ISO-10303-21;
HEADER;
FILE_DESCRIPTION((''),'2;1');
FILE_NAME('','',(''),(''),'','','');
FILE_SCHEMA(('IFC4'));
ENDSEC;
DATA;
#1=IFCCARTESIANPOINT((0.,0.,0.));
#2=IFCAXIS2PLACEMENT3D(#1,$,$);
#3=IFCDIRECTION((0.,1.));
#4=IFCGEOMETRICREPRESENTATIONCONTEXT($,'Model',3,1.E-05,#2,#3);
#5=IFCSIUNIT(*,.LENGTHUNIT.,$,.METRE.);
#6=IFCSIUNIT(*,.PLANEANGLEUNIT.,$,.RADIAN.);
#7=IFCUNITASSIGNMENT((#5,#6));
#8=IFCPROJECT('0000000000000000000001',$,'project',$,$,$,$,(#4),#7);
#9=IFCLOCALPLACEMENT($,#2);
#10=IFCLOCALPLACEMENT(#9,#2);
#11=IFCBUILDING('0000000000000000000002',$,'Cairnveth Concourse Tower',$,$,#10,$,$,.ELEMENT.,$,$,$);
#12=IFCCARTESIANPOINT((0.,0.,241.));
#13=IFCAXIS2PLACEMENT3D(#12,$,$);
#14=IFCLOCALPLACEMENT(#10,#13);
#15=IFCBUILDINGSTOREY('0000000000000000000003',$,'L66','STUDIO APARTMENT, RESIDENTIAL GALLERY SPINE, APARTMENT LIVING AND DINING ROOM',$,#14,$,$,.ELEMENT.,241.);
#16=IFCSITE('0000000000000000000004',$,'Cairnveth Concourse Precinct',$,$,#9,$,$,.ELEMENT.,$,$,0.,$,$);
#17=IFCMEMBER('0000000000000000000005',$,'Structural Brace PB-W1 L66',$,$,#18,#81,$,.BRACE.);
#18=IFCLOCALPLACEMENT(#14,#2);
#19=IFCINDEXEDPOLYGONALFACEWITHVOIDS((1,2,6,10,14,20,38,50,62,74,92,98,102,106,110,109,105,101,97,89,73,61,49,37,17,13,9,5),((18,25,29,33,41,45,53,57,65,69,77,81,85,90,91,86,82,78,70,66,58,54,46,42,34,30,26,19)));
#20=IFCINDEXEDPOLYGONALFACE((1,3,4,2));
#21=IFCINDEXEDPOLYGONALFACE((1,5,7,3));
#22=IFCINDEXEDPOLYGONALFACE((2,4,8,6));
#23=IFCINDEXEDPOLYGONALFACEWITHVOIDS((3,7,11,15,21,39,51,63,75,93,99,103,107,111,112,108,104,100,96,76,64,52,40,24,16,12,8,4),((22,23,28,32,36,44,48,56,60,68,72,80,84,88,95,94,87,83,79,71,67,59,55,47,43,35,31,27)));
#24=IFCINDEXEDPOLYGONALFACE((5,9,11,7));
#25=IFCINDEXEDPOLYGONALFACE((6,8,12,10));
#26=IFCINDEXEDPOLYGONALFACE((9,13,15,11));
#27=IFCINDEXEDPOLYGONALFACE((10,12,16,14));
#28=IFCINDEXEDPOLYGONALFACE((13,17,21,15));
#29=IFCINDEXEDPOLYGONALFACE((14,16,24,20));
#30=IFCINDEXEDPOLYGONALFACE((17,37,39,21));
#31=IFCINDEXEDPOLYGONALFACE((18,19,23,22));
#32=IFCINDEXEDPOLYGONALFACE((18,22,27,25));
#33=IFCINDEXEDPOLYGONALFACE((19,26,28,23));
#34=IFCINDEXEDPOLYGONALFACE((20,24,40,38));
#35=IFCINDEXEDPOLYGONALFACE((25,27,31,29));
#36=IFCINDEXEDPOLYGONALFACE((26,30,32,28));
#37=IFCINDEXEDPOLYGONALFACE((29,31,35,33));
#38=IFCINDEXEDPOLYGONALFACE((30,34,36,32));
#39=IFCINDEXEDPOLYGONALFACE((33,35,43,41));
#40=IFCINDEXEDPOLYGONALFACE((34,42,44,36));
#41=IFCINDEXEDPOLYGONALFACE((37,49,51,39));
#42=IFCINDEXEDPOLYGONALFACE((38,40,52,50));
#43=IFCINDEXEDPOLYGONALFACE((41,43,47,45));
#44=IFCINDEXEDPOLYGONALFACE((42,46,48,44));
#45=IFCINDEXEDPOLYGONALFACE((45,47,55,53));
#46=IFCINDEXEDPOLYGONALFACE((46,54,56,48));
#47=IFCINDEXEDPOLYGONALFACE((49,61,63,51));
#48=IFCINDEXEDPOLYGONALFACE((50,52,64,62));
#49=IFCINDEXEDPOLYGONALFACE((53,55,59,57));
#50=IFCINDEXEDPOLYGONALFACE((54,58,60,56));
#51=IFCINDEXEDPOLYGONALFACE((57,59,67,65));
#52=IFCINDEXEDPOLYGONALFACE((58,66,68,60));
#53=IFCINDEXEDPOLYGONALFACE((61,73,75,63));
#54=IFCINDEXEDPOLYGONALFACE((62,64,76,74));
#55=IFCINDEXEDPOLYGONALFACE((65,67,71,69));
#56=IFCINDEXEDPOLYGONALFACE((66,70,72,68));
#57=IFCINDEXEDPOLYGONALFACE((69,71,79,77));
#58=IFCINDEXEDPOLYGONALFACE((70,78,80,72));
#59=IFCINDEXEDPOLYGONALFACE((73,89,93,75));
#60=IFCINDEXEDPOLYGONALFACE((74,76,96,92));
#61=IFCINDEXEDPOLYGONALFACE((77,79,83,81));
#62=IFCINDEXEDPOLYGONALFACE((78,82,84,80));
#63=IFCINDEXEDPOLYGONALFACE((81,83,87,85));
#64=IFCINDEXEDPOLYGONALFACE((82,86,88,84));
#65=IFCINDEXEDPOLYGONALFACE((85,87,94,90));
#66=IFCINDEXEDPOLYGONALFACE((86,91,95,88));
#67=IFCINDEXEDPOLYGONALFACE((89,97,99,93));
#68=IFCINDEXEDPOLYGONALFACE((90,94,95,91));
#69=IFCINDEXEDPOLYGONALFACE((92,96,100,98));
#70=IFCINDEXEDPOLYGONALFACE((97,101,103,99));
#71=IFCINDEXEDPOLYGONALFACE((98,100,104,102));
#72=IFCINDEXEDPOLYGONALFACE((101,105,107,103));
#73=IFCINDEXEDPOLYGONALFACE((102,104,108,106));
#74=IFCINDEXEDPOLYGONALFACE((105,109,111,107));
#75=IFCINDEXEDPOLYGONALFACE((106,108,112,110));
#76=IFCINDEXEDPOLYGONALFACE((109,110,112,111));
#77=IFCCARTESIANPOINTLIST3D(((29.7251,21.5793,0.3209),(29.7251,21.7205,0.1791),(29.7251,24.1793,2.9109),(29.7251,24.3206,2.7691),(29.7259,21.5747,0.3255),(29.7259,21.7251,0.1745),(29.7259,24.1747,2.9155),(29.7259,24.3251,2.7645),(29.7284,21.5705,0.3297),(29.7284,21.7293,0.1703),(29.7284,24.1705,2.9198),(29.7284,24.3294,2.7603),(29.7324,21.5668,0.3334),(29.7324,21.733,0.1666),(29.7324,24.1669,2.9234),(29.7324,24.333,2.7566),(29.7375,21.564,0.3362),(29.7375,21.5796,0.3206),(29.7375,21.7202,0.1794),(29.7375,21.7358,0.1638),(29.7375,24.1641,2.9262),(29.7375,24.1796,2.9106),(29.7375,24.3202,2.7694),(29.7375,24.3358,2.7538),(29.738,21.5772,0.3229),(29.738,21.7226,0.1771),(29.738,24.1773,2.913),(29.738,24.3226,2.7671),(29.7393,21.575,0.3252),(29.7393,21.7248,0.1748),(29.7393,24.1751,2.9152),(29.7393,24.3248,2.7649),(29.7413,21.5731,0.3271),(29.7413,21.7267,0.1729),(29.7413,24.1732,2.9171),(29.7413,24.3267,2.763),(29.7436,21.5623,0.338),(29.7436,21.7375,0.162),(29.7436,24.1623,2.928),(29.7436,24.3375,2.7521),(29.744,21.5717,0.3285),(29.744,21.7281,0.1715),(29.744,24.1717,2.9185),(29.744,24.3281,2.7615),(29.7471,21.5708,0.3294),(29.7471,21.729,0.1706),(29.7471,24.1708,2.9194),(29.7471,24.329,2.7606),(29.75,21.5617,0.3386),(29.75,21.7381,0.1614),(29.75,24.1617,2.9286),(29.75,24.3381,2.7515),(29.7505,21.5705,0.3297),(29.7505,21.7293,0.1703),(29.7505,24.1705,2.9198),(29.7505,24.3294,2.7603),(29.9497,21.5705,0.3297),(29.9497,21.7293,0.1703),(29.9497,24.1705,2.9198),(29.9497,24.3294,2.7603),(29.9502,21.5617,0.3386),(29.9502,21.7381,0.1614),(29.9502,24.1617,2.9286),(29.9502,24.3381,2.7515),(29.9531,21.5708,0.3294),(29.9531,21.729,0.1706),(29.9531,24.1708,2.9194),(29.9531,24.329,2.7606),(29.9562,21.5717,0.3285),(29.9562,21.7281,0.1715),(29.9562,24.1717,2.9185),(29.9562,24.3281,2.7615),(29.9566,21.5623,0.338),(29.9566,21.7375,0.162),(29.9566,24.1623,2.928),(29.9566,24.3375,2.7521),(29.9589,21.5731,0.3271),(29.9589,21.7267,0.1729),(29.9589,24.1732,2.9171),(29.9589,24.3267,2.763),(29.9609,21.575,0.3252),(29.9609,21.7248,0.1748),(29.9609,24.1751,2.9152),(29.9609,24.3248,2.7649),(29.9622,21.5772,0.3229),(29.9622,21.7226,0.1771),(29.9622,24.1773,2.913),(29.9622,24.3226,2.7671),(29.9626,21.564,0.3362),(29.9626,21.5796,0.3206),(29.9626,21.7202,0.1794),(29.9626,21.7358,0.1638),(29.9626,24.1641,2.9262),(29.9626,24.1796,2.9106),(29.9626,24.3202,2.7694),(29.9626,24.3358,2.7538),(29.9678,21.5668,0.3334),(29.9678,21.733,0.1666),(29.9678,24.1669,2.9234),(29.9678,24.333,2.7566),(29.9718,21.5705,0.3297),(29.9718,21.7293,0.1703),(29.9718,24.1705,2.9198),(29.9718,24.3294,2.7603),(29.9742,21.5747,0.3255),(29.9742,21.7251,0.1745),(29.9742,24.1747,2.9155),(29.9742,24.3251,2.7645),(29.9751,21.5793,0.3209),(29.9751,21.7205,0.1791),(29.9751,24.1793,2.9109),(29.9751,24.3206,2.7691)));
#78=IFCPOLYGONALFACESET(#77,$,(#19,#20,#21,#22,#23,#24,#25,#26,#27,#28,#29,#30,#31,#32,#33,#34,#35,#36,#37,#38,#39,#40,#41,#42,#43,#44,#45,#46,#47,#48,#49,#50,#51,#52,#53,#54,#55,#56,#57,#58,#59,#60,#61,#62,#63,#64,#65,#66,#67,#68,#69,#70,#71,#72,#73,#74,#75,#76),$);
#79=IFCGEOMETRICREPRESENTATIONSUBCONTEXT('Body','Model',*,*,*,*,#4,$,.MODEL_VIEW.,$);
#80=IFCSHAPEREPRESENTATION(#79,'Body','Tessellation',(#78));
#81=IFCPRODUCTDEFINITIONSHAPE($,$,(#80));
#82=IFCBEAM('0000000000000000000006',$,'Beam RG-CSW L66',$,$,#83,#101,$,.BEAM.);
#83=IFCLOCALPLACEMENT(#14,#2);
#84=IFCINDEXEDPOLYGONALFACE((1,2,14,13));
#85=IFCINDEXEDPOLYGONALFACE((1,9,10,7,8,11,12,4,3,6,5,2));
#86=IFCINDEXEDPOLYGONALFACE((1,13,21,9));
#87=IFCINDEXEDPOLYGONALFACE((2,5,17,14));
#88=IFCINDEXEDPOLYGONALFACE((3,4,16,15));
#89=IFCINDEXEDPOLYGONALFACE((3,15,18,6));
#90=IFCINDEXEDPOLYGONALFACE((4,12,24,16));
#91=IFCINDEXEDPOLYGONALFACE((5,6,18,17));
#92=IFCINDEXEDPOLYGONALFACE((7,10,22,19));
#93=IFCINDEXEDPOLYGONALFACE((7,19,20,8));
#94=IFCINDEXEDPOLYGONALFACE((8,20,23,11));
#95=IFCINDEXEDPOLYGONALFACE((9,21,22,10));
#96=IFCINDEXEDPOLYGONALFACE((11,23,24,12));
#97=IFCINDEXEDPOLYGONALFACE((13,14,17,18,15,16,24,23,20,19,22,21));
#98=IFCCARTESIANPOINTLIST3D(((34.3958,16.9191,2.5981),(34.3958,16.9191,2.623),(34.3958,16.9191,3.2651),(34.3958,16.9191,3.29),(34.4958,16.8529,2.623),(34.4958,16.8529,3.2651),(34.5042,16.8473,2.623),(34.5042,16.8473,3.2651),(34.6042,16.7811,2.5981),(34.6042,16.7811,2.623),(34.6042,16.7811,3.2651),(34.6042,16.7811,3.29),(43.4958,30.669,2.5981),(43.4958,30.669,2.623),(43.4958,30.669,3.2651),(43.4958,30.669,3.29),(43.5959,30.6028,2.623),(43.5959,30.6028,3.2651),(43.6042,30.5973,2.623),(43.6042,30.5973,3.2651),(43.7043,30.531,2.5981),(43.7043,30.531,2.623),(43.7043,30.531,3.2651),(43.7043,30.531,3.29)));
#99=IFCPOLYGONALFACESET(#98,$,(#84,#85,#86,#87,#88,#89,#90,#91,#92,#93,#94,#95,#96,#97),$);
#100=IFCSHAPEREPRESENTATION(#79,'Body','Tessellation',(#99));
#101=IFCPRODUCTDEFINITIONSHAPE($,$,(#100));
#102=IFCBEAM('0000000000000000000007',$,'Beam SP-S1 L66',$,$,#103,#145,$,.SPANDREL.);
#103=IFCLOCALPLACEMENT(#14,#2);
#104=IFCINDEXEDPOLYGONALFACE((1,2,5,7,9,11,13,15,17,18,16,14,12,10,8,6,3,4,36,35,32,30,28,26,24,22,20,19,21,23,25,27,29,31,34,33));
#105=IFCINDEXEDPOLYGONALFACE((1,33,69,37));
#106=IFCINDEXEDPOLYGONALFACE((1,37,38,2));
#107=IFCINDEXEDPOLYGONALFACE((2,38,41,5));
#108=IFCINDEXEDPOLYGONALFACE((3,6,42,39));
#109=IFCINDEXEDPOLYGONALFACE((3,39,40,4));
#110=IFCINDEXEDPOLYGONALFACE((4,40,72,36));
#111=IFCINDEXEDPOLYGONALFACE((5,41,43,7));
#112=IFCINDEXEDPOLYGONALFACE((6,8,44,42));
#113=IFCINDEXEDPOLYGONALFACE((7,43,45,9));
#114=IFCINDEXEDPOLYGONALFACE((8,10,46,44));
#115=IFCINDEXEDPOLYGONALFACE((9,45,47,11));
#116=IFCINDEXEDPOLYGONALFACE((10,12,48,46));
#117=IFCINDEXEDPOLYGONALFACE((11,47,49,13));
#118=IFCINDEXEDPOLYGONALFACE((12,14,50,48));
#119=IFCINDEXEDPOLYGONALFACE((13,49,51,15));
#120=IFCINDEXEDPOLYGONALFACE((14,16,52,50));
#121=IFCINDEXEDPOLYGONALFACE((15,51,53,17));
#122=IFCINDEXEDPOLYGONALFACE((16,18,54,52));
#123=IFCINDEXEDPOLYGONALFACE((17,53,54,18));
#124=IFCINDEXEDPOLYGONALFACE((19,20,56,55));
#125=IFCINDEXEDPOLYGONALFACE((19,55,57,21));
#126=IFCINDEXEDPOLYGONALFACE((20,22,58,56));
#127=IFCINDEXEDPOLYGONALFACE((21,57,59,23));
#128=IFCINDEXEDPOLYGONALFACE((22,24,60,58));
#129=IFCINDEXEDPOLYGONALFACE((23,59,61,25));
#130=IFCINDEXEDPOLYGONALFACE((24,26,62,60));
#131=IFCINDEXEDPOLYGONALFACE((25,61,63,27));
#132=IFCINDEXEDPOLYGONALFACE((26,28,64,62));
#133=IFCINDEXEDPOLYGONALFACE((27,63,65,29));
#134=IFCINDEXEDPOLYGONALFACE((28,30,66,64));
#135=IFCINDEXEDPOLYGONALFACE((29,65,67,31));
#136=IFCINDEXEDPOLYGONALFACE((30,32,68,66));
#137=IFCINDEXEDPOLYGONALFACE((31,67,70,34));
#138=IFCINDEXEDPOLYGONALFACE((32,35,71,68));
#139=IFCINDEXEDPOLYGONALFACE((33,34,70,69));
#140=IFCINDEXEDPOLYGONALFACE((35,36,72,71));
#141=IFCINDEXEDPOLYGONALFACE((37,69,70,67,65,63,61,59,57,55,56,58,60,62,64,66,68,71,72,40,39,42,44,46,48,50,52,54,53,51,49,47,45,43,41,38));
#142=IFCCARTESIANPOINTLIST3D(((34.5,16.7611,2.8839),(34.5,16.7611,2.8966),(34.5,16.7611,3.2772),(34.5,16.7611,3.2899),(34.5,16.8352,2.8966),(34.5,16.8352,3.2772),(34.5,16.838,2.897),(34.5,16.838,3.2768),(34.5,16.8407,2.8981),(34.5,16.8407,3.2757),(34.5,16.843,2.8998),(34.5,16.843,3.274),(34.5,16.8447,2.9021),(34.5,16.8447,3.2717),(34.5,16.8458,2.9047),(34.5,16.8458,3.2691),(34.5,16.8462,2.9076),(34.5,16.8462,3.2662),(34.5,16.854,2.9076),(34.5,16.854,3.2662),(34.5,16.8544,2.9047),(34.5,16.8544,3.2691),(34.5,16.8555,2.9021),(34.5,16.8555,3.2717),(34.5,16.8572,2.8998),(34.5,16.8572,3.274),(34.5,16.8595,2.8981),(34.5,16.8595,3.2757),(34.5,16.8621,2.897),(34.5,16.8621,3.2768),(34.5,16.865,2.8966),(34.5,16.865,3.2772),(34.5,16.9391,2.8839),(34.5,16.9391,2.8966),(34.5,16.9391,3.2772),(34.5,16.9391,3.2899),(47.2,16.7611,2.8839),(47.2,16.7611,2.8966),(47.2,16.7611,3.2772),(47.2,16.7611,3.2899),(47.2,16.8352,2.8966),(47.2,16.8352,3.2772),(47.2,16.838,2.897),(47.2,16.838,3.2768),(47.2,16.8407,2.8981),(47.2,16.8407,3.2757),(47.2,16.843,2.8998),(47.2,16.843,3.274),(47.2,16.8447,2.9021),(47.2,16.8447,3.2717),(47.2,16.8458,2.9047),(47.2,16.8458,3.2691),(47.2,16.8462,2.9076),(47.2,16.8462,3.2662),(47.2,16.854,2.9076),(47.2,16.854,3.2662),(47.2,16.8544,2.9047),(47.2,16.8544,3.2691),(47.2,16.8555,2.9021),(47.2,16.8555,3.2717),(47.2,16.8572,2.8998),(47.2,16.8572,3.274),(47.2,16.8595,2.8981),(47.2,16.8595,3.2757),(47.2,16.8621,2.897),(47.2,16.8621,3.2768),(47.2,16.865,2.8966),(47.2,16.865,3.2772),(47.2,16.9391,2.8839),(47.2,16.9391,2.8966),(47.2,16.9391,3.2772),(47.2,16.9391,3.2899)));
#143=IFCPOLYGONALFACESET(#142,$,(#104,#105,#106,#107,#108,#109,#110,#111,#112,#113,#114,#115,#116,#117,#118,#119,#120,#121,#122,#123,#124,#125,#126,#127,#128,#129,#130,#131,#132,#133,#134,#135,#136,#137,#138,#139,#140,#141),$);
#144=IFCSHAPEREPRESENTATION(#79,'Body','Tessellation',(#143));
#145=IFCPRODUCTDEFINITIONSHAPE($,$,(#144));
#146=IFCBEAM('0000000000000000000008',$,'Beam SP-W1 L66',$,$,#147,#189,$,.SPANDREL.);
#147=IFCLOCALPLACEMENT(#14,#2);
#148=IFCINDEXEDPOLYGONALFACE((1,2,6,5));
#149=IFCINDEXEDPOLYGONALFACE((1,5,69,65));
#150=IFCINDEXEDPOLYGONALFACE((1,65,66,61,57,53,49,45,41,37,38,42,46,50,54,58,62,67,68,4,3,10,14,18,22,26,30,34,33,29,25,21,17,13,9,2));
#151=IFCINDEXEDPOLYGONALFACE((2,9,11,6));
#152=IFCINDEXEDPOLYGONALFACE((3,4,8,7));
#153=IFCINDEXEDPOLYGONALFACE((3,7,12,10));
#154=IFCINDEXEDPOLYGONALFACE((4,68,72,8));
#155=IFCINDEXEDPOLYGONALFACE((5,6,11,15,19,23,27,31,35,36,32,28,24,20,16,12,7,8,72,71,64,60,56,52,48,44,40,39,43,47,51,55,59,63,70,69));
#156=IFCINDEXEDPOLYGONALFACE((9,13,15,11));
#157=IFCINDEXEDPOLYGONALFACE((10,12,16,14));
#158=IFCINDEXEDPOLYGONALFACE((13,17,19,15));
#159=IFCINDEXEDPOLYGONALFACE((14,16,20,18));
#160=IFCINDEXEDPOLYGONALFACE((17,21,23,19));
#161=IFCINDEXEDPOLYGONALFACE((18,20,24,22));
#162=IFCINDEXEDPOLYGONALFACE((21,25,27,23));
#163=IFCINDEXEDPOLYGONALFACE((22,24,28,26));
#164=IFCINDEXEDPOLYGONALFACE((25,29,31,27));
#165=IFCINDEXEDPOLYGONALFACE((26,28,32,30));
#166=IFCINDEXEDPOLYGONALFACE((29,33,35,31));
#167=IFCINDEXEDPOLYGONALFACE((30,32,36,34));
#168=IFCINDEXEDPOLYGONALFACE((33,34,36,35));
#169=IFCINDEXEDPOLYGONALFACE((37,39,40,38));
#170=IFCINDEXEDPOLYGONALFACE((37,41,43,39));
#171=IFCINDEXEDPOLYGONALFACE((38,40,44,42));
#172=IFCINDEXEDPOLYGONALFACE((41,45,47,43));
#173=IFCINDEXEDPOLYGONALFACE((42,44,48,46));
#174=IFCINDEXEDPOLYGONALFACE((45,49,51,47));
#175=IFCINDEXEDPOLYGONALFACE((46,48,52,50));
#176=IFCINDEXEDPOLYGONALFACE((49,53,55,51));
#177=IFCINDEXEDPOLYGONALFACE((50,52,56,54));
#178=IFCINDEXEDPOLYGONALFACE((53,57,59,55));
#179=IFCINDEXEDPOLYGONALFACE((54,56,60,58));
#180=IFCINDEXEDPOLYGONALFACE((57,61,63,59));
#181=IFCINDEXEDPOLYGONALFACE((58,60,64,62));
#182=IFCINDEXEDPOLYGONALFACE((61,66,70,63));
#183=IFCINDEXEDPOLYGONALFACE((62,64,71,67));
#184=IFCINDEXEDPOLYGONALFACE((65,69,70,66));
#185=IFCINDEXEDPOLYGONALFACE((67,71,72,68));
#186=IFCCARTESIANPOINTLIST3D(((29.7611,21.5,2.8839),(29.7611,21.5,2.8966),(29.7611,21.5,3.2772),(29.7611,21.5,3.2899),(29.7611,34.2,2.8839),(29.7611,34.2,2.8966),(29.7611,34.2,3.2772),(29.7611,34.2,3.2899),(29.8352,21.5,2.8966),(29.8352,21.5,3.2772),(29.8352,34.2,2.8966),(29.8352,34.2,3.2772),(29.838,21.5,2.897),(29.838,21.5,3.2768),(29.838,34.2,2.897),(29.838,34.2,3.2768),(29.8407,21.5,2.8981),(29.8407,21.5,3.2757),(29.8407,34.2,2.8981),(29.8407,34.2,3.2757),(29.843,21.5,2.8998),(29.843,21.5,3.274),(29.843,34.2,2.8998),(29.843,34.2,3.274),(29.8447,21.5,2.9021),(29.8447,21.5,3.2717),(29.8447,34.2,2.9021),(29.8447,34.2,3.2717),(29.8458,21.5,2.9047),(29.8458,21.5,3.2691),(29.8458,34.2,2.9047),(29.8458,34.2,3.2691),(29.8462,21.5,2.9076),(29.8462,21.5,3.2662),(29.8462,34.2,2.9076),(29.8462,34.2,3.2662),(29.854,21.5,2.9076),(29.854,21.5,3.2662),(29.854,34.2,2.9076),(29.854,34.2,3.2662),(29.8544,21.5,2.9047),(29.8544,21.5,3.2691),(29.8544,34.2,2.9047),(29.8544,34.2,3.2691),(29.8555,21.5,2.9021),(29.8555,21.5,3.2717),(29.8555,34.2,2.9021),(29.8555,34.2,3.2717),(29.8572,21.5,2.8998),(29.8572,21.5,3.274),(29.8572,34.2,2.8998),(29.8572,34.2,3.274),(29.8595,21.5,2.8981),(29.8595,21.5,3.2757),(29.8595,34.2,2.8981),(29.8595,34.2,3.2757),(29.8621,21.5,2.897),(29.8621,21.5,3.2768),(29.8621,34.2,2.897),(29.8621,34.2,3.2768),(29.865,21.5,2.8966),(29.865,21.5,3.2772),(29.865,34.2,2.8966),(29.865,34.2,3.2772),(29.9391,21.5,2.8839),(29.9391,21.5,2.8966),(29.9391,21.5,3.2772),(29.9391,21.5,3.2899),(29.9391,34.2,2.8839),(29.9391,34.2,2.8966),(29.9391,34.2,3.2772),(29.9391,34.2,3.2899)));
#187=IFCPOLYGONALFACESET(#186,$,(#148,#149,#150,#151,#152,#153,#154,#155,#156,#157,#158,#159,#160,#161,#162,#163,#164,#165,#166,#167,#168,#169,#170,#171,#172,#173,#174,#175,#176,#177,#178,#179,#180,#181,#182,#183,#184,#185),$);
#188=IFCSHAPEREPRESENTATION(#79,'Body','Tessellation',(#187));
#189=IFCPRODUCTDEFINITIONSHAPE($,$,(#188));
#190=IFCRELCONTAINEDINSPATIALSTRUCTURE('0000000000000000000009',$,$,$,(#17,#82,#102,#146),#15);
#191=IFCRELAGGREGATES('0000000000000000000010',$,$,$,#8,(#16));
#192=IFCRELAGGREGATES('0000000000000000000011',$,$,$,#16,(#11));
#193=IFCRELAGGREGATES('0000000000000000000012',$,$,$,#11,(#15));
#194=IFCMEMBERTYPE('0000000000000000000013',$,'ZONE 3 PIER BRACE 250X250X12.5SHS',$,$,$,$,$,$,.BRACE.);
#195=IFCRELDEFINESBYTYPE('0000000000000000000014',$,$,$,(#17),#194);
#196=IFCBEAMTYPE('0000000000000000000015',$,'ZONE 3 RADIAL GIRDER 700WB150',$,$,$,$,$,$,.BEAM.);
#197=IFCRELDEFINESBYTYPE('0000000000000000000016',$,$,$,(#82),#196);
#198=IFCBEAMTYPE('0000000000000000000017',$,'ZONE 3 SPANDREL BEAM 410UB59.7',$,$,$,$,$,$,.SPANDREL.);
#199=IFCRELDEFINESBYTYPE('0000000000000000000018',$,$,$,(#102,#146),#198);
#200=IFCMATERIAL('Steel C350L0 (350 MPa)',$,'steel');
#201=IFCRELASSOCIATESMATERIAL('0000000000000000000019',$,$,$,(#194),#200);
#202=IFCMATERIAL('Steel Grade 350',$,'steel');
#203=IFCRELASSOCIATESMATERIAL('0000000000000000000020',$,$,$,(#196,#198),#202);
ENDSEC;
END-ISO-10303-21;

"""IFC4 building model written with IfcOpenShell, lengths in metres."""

from ifc_helpers import new_model, si_unit, direction, frame, origin, origin_2d, place, context, subcontext, project, spatial, hollow_rectangle, i_section, extrude, material, material_profile, profile_set, type_object, element, save


model = new_model("IFC4")

# Units and contexts
model_context = context("Model", 3, precision=1e-05, world=origin(), true_north=direction((0.0, 1.0)))
body_context = subcontext(model_context, "Body", "Model", "MODEL_VIEW")
ifc_project = project(units=[si_unit("LENGTHUNIT", "METRE"), si_unit("PLANEANGLEUNIT", "RADIAN")], contexts=[model_context])

# Site, building, storey
site_placement = place(None, origin())
site = spatial("IfcSite", under=ifc_project, at=site_placement, Name="Cairnveth Concourse Precinct", CompositionType="ELEMENT", RefElevation=0.0)
building_placement = place(site_placement, origin())
building = spatial("IfcBuilding", under=site, at=building_placement, Name="Cairnveth Concourse Tower", CompositionType="ELEMENT")
storey_placement = place(building_placement, frame((0.0, 0.0, 241.0)))
storey = spatial("IfcBuildingStorey", under=building, at=storey_placement, Name="L66", Description="STUDIO APARTMENT, RESIDENTIAL GALLERY SPINE, APARTMENT LIVING AND DINING ROOM", CompositionType="ELEMENT", Elevation=241.0)

# Shared definitions
ifc_material_1 = material(Name="Steel Grade 350", Category="steel")

# Member
ifc_material_2 = material(Name="Steel C350L0 (350 MPa)", Category="steel")
ifc_material_profile_1 = material_profile(ifc_material_2, hollow_rectangle(XDim=0.25, YDim=0.25, WallThickness=0.0125, InnerFilletRadius=0.0129, OuterFilletRadius=0.0249, at=origin_2d()), Name="250x250x12.5SHS")
ifc_profile_set_1 = profile_set([ifc_material_profile_1], Name="Steel C350L0 (350 MPa)")
member_type = type_object("IfcMemberType", Name="ZONE 3 PIER BRACE 250X250X12.5SHS", PredefinedType="BRACE", material=ifc_profile_set_1)
member_placement = place(storey_placement, frame((29.8501, 21.6499, 0.25), z_axis=(0.0, 0.708469, 0.705742), x_axis=(-1.0, 0.0, 0.0)))
element("IfcMember", 1, at=member_placement, inside=storey, type_object=member_type, Name="Structural Brace PB-W1 L66", PredefinedType="BRACE", context=body_context, shape_type="SweptSolid", body=[
    extrude(hollow_rectangle(XDim=0.25, YDim=0.25, WallThickness=0.0125, InnerFilletRadius=0.0129, OuterFilletRadius=0.0249, at=origin_2d()), origin(), (0.0, 0.0, 1.0), 3.6699),
])

# Beams
ifc_material_profile_2 = material_profile(ifc_material_1, i_section(OverallWidth=0.25, OverallDepth=0.6919, WebThickness=0.01, FlangeThickness=0.0249, at=origin_2d()), Name="700WB150")
ifc_profile_set_2 = profile_set([ifc_material_profile_2], Name="Steel Grade 350")
beam_type_1 = type_object("IfcBeamType", Name="ZONE 3 RADIAL GIRDER 700WB150", PredefinedType="BEAM", material=ifc_profile_set_2)
beam_1_placement = place(storey_placement, frame((34.5, 16.8501, 2.9441), z_axis=(0.551902, 0.833909, 0.0), x_axis=(-0.833909, 0.551902, 0.0)))
element("IfcBeam", 2, at=beam_1_placement, inside=storey, type_object=beam_type_1, Name="Beam RG-CSW L66", PredefinedType="BEAM", context=body_context, shape_type="SweptSolid", body=[
    extrude(i_section(OverallWidth=0.25, OverallDepth=0.6919, WebThickness=0.01, FlangeThickness=0.0249, at=origin_2d()), origin(), (0.0, 0.0, 1.0), 16.4885),
])
ifc_material_profile_3 = material_profile(ifc_material_1, i_section(OverallWidth=0.178, OverallDepth=0.406, WebThickness=0.0078, FlangeThickness=0.0127, FilletRadius=0.011, at=origin_2d()), Name="410UB59.7")
ifc_profile_set_3 = profile_set([ifc_material_profile_3], Name="Steel Grade 350")
beam_type_2 = type_object("IfcBeamType", Name="ZONE 3 SPANDREL BEAM 410UB59.7", PredefinedType="SPANDREL", material=ifc_profile_set_3)
for number, where, z_axis, x_axis, name in (
    (3, (34.5, 16.8501, 3.0869), (1.0, 0.0, 0.0), (0.0, 1.0, 0.0), "Beam SP-S1 L66"),
    (4, (29.8501, 21.5, 3.0869), (0.0, 1.0, 0.0), (-1.0, 0.0, 0.0), "Beam SP-W1 L66"),
):
    element("IfcBeam", number, at=place(storey_placement, frame(where, z_axis=z_axis, x_axis=x_axis)), inside=storey, type_object=beam_type_2, Name=name, PredefinedType="SPANDREL", context=body_context, shape_type="SweptSolid", body=[
        extrude(i_section(OverallWidth=0.178, OverallDepth=0.406, WebThickness=0.0078, FlangeThickness=0.0127, FilletRadius=0.011, at=origin_2d()), origin(), (0.0, 0.0, 1.0), 12.7),
    ])

save(model, "model.ifc")
